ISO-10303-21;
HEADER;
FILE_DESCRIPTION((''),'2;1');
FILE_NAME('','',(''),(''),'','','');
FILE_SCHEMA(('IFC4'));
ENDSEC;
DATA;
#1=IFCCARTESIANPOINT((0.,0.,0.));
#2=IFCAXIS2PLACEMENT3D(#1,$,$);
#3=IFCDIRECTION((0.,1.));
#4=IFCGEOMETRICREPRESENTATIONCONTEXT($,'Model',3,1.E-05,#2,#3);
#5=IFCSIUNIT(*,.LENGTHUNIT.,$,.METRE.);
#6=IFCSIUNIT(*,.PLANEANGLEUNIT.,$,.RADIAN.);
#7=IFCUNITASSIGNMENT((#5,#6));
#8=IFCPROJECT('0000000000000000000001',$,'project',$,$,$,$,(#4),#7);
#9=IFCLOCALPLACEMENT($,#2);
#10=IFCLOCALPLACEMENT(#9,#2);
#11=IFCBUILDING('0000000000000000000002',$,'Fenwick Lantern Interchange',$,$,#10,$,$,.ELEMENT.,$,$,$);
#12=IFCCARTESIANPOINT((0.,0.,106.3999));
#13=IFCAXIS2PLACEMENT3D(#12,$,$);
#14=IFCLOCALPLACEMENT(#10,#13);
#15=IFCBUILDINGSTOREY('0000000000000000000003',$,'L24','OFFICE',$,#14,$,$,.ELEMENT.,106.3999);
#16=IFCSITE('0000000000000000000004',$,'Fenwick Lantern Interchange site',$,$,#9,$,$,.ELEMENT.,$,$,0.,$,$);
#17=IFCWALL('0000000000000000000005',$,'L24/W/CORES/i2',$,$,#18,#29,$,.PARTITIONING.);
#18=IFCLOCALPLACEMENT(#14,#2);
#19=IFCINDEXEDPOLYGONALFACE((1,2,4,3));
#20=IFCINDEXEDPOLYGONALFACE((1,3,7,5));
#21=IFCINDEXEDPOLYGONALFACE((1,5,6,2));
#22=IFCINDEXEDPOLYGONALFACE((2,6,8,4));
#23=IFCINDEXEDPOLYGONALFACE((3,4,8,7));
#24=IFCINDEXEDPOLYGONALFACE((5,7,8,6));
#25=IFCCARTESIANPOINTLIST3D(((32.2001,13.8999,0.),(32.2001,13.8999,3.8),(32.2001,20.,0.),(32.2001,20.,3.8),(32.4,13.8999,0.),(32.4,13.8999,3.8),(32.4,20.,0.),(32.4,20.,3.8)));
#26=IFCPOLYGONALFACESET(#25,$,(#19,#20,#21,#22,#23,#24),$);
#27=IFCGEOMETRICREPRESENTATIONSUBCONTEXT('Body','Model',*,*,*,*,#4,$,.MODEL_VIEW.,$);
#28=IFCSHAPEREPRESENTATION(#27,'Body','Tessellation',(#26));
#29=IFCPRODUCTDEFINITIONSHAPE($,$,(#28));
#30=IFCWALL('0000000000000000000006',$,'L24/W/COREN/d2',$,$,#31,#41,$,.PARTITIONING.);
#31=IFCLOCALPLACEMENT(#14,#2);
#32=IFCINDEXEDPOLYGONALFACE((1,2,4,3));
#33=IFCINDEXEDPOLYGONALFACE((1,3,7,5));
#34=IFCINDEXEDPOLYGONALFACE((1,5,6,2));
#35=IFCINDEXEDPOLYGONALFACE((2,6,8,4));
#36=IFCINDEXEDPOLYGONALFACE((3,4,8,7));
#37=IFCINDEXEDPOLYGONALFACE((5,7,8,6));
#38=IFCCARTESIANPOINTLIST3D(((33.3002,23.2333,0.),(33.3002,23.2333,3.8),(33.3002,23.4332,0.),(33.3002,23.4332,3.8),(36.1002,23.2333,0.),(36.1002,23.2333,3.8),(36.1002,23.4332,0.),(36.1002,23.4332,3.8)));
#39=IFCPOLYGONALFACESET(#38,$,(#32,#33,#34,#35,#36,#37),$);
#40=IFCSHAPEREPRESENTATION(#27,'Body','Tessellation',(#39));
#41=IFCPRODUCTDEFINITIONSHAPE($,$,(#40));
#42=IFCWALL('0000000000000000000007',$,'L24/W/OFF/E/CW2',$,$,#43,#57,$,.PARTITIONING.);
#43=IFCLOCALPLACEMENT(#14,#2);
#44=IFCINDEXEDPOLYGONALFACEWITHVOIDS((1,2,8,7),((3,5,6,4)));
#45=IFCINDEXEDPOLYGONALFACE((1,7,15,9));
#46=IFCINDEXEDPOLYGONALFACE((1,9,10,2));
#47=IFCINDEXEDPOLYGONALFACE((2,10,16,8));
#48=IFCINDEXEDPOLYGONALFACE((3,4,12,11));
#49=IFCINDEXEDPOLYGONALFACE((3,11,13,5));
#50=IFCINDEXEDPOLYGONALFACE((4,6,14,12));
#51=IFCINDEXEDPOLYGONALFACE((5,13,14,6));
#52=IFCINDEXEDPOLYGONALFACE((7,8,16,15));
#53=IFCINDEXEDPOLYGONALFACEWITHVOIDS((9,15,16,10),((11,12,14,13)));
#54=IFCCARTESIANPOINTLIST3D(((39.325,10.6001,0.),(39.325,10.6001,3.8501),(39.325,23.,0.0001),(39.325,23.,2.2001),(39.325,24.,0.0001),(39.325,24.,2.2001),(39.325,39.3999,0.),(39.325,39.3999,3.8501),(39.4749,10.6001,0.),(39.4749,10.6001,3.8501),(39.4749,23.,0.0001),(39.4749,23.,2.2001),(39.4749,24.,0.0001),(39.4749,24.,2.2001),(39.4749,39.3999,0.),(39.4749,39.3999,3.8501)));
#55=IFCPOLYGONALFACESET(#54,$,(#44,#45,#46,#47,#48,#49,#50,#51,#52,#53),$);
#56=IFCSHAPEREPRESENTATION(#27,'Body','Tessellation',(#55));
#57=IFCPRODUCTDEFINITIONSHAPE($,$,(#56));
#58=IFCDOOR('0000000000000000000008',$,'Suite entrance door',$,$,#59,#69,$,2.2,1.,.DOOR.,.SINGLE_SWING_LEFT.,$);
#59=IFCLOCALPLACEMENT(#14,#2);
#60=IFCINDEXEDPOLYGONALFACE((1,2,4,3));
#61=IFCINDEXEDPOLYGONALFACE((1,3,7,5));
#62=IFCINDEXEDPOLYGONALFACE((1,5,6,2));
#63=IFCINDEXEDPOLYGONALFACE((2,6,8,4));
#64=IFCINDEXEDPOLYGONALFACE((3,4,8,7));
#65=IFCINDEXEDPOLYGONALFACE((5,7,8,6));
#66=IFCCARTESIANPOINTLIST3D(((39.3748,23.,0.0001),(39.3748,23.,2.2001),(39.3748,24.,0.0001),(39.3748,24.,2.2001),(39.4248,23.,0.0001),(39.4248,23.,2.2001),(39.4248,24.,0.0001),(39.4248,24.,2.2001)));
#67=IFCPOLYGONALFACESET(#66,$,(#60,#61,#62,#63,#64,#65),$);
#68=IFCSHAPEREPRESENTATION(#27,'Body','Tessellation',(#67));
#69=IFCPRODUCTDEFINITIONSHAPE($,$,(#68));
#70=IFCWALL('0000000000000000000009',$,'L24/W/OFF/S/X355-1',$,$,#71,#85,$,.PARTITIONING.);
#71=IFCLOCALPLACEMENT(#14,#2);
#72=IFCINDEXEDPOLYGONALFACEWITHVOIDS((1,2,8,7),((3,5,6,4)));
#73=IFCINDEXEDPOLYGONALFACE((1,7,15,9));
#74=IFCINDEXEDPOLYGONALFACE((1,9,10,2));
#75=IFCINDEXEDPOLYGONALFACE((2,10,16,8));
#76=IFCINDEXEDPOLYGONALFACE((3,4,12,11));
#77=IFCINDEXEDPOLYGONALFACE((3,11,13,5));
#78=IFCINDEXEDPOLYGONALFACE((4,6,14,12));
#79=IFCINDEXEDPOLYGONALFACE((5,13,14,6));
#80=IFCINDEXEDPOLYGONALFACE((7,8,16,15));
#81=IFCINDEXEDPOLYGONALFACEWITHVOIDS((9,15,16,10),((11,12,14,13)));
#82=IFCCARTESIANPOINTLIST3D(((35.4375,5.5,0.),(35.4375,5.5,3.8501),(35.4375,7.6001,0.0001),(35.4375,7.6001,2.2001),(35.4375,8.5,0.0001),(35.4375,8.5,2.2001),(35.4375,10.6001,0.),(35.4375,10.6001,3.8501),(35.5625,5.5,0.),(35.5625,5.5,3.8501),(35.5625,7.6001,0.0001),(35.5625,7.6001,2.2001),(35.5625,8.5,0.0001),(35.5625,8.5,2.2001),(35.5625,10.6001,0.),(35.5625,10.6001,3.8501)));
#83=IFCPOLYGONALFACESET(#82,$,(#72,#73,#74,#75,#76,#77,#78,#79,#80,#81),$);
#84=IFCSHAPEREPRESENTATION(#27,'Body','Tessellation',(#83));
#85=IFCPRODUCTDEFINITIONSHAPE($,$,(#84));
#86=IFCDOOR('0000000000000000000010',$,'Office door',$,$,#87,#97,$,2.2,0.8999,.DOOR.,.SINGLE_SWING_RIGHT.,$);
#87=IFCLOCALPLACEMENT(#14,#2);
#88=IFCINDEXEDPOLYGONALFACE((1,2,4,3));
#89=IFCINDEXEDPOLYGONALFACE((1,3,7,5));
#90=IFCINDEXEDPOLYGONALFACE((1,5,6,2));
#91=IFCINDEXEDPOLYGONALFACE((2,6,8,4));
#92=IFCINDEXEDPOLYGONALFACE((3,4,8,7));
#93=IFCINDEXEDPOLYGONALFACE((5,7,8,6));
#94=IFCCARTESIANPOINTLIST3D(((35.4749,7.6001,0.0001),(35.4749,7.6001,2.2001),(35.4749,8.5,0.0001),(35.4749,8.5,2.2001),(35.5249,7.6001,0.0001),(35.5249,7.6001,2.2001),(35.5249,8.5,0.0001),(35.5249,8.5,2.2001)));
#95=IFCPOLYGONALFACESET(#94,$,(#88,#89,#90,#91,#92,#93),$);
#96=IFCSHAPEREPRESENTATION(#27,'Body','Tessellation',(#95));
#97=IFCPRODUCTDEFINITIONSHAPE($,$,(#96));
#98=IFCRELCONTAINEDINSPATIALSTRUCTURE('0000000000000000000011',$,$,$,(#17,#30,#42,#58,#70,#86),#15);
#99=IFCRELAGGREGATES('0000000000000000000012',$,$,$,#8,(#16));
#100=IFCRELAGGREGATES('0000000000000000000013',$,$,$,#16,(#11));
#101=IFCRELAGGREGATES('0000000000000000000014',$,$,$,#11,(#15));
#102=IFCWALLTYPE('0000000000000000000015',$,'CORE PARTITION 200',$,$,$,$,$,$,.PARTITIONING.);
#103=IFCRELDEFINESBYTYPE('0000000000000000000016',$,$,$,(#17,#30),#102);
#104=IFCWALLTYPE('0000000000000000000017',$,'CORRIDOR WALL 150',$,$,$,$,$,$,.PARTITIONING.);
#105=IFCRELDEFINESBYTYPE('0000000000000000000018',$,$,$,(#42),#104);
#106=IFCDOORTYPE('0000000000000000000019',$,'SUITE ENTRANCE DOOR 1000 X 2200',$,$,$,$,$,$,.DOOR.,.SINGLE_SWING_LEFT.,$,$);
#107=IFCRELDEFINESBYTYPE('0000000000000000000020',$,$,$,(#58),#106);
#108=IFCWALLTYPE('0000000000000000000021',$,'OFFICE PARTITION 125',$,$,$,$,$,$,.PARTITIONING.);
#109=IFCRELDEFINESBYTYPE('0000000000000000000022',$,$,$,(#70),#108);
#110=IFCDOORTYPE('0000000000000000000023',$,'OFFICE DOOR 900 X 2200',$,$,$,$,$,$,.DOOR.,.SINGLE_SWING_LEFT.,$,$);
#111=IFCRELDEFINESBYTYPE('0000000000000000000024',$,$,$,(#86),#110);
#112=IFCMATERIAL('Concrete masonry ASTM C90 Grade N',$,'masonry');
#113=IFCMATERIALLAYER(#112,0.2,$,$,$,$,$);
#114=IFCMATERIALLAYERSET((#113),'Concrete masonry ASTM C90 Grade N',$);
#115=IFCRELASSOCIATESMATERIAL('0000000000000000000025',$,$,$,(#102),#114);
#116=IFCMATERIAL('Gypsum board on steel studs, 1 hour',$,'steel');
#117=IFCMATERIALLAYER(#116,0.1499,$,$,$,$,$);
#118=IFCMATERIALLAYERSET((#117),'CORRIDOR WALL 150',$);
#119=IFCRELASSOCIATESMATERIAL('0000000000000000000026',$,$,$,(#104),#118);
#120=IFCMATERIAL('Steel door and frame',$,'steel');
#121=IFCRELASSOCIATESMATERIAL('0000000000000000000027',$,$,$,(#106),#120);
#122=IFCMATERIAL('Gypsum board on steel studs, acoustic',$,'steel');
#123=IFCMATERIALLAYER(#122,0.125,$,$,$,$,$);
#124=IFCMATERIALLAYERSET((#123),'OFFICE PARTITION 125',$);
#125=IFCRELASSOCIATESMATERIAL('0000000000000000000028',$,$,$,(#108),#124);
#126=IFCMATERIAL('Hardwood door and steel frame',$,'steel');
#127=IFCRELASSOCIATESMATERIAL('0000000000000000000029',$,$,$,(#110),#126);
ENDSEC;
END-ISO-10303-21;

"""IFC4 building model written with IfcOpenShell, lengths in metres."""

from ifc_helpers import new_model, si_unit, direction, frame, frame_2d, origin, place, context, subcontext, project, spatial, rectangle, extrude, material, layer, layer_set, type_object, element, fill, save


model = new_model("IFC4")

# Units and contexts
model_context = context("Model", 3, precision=1e-05, world=origin(), true_north=direction((0.0, 1.0)))
body_context = subcontext(model_context, "Body", "Model", "MODEL_VIEW")
ifc_project = project(units=[si_unit("LENGTHUNIT", "METRE"), si_unit("PLANEANGLEUNIT", "RADIAN")], contexts=[model_context])

# Site, building, storey
site_placement = place(None, origin())
site = spatial("IfcSite", under=ifc_project, at=site_placement, Name="Fenwick Lantern Interchange site", CompositionType="ELEMENT", RefElevation=0.0)
building_placement = place(site_placement, origin())
building = spatial("IfcBuilding", under=site, at=building_placement, Name="Fenwick Lantern Interchange", CompositionType="ELEMENT")
storey_placement = place(building_placement, frame((0.0, 0.0, 106.3999)))
storey = spatial("IfcBuildingStorey", under=building, at=storey_placement, Name="L24", Description="OFFICE", CompositionType="ELEMENT", Elevation=106.3999)

# Walls
ifc_material_1 = material(Name="Concrete masonry ASTM C90 Grade N", Category="masonry")
ifc_layer_1 = layer(ifc_material_1, 0.2)
ifc_layer_set_1 = layer_set([ifc_layer_1], Name="Concrete masonry ASTM C90 Grade N")
wall_type_1 = type_object("IfcWallType", Name="CORE PARTITION 200", PredefinedType="PARTITIONING", material=ifc_layer_set_1)
wall_1_placement = place(storey_placement, frame((32.3, 13.8999, 0.0), z_axis=(0.0, 0.0, 1.0), x_axis=(0.0, 1.0, 0.0)))
element("IfcWall", 1, at=wall_1_placement, inside=storey, type_object=wall_type_1, Name="L24/W/CORES/i2", PredefinedType="PARTITIONING", context=body_context, shape_type="SweptSolid", body=[
    extrude(rectangle(XDim=6.1001, YDim=0.2, at=frame_2d((3.05, 0.0))), origin(), (0.0, 0.0, 1.0), 3.8),
])
wall_2_placement = place(storey_placement, frame((36.1001, 23.3333, 0.0), z_axis=(0.0, 0.0, 1.0), x_axis=(-1.0, 0.0, 0.0)))
element("IfcWall", 2, at=wall_2_placement, inside=storey, type_object=wall_type_1, Name="L24/W/COREN/d2", PredefinedType="PARTITIONING", context=body_context, shape_type="SweptSolid", body=[
    extrude(rectangle(XDim=2.8, YDim=0.2, at=frame_2d((1.3999, 0.0))), origin(), (0.0, 0.0, 1.0), 3.8),
])

# Shared definitions
ifc_material_2 = material(Name="Steel door and frame", Category="steel")
ifc_material_3 = material(Name="Hardwood door and steel frame", Category="steel")

# Walls, openings, doors
ifc_material_4 = material(Name="Gypsum board on steel studs, 1 hour", Category="steel")
ifc_layer_2 = layer(ifc_material_4, 0.1499)
ifc_layer_set_2 = layer_set([ifc_layer_2], Name="CORRIDOR WALL 150")
wall_type_2 = type_object("IfcWallType", Name="CORRIDOR WALL 150", PredefinedType="PARTITIONING", material=ifc_layer_set_2)
wall_3_placement = place(storey_placement, frame((39.3999, 10.6001, 0.0), z_axis=(0.0, 0.0, 1.0), x_axis=(0.0, 1.0, 0.0)))
wall_3 = element("IfcWall", 3, at=wall_3_placement, inside=storey, type_object=wall_type_2, Name="L24/W/OFF/E/CW2", PredefinedType="PARTITIONING", context=body_context, shape_type="SweptSolid", body=[
    extrude(rectangle(XDim=28.7998, YDim=0.1499, at=frame_2d((14.3999, 0.0))), origin(), (0.0, 0.0, 1.0), 3.8501),
])
opening_1_placement = place(wall_3_placement, frame((12.3999, 0.0, 0.0)))
opening_1 = element("IfcOpeningElement", 4, at=opening_1_placement, cuts=wall_3, PredefinedType="OPENING", context=body_context, shape_type="SweptSolid", body=[
    extrude(rectangle(XDim=1.0, YDim=2.2, at=frame_2d((0.5, 1.1001))), frame((0.0, 0.085, 0.0), z_axis=(0.0, -1.0, 0.0), x_axis=(1.0, 0.0, 0.0)), (0.0, 0.0, 1.0), 0.1699),
])
door_type_1 = type_object("IfcDoorType", Name="SUITE ENTRANCE DOOR 1000 X 2200", OperationType="SINGLE_SWING_LEFT", PredefinedType="DOOR", material=ifc_material_2)
door_1_placement = place(opening_1_placement, frame((1.0, 0.0, 0.0), z_axis=(0.0, 0.0, 1.0), x_axis=(-1.0, 0.0, 0.0)))
door_1 = element("IfcDoor", 5, at=door_1_placement, inside=storey, type_object=door_type_1, Name="Suite entrance door", OperationType="SINGLE_SWING_LEFT", OverallHeight=2.2, OverallWidth=1.0, PredefinedType="DOOR", context=body_context, shape_type="SweptSolid", body=[
    extrude(rectangle(XDim=1.0, YDim=2.2, at=frame_2d((0.5, 1.1001))), frame((0.0, 0.0249, 0.0), z_axis=(0.0, -1.0, 0.0), x_axis=(1.0, 0.0, 0.0)), (0.0, 0.0, 1.0), 0.05),
])
fill(opening_1, door_1)
ifc_material_5 = material(Name="Gypsum board on steel studs, acoustic", Category="steel")
ifc_layer_3 = layer(ifc_material_5, 0.125)
ifc_layer_set_3 = layer_set([ifc_layer_3], Name="OFFICE PARTITION 125")
wall_type_3 = type_object("IfcWallType", Name="OFFICE PARTITION 125", PredefinedType="PARTITIONING", material=ifc_layer_set_3)
wall_4_placement = place(storey_placement, frame((35.5, 5.5, 0.0), z_axis=(0.0, 0.0, 1.0), x_axis=(0.0, 1.0, 0.0)))
wall_4 = element("IfcWall", 6, at=wall_4_placement, inside=storey, type_object=wall_type_3, Name="L24/W/OFF/S/X355-1", PredefinedType="PARTITIONING", context=body_context, shape_type="SweptSolid", body=[
    extrude(rectangle(XDim=5.1001, YDim=0.125, at=frame_2d((2.55, 0.0))), origin(), (0.0, 0.0, 1.0), 3.8501),
])
opening_2_placement = place(wall_4_placement, frame((2.1001, 0.0, 0.0)))
opening_2 = element("IfcOpeningElement", 7, at=opening_2_placement, cuts=wall_4, PredefinedType="OPENING", context=body_context, shape_type="SweptSolid", body=[
    extrude(rectangle(XDim=0.8999, YDim=2.2, at=frame_2d((0.45, 1.1001))), frame((0.0, 0.0725, 0.0), z_axis=(0.0, -1.0, 0.0), x_axis=(1.0, 0.0, 0.0)), (0.0, 0.0, 1.0), 0.145),
])
door_type_2 = type_object("IfcDoorType", Name="OFFICE DOOR 900 X 2200", OperationType="SINGLE_SWING_LEFT", PredefinedType="DOOR", material=ifc_material_3)
door_2_placement = place(opening_2_placement, frame((0.8999, 0.0, 0.0), z_axis=(0.0, 0.0, 1.0), x_axis=(-1.0, 0.0, 0.0)))
door_2 = element("IfcDoor", 8, at=door_2_placement, inside=storey, type_object=door_type_2, Name="Office door", OperationType="SINGLE_SWING_RIGHT", OverallHeight=2.2, OverallWidth=0.8999, PredefinedType="DOOR", context=body_context, shape_type="SweptSolid", body=[
    extrude(rectangle(XDim=0.8999, YDim=2.2, at=frame_2d((0.45, 1.1001))), frame((0.0, 0.0249, 0.0), z_axis=(0.0, -1.0, 0.0), x_axis=(1.0, 0.0, 0.0)), (0.0, 0.0, 1.0), 0.05),
])
fill(opening_2, door_2)

save(model, "model.ifc")
